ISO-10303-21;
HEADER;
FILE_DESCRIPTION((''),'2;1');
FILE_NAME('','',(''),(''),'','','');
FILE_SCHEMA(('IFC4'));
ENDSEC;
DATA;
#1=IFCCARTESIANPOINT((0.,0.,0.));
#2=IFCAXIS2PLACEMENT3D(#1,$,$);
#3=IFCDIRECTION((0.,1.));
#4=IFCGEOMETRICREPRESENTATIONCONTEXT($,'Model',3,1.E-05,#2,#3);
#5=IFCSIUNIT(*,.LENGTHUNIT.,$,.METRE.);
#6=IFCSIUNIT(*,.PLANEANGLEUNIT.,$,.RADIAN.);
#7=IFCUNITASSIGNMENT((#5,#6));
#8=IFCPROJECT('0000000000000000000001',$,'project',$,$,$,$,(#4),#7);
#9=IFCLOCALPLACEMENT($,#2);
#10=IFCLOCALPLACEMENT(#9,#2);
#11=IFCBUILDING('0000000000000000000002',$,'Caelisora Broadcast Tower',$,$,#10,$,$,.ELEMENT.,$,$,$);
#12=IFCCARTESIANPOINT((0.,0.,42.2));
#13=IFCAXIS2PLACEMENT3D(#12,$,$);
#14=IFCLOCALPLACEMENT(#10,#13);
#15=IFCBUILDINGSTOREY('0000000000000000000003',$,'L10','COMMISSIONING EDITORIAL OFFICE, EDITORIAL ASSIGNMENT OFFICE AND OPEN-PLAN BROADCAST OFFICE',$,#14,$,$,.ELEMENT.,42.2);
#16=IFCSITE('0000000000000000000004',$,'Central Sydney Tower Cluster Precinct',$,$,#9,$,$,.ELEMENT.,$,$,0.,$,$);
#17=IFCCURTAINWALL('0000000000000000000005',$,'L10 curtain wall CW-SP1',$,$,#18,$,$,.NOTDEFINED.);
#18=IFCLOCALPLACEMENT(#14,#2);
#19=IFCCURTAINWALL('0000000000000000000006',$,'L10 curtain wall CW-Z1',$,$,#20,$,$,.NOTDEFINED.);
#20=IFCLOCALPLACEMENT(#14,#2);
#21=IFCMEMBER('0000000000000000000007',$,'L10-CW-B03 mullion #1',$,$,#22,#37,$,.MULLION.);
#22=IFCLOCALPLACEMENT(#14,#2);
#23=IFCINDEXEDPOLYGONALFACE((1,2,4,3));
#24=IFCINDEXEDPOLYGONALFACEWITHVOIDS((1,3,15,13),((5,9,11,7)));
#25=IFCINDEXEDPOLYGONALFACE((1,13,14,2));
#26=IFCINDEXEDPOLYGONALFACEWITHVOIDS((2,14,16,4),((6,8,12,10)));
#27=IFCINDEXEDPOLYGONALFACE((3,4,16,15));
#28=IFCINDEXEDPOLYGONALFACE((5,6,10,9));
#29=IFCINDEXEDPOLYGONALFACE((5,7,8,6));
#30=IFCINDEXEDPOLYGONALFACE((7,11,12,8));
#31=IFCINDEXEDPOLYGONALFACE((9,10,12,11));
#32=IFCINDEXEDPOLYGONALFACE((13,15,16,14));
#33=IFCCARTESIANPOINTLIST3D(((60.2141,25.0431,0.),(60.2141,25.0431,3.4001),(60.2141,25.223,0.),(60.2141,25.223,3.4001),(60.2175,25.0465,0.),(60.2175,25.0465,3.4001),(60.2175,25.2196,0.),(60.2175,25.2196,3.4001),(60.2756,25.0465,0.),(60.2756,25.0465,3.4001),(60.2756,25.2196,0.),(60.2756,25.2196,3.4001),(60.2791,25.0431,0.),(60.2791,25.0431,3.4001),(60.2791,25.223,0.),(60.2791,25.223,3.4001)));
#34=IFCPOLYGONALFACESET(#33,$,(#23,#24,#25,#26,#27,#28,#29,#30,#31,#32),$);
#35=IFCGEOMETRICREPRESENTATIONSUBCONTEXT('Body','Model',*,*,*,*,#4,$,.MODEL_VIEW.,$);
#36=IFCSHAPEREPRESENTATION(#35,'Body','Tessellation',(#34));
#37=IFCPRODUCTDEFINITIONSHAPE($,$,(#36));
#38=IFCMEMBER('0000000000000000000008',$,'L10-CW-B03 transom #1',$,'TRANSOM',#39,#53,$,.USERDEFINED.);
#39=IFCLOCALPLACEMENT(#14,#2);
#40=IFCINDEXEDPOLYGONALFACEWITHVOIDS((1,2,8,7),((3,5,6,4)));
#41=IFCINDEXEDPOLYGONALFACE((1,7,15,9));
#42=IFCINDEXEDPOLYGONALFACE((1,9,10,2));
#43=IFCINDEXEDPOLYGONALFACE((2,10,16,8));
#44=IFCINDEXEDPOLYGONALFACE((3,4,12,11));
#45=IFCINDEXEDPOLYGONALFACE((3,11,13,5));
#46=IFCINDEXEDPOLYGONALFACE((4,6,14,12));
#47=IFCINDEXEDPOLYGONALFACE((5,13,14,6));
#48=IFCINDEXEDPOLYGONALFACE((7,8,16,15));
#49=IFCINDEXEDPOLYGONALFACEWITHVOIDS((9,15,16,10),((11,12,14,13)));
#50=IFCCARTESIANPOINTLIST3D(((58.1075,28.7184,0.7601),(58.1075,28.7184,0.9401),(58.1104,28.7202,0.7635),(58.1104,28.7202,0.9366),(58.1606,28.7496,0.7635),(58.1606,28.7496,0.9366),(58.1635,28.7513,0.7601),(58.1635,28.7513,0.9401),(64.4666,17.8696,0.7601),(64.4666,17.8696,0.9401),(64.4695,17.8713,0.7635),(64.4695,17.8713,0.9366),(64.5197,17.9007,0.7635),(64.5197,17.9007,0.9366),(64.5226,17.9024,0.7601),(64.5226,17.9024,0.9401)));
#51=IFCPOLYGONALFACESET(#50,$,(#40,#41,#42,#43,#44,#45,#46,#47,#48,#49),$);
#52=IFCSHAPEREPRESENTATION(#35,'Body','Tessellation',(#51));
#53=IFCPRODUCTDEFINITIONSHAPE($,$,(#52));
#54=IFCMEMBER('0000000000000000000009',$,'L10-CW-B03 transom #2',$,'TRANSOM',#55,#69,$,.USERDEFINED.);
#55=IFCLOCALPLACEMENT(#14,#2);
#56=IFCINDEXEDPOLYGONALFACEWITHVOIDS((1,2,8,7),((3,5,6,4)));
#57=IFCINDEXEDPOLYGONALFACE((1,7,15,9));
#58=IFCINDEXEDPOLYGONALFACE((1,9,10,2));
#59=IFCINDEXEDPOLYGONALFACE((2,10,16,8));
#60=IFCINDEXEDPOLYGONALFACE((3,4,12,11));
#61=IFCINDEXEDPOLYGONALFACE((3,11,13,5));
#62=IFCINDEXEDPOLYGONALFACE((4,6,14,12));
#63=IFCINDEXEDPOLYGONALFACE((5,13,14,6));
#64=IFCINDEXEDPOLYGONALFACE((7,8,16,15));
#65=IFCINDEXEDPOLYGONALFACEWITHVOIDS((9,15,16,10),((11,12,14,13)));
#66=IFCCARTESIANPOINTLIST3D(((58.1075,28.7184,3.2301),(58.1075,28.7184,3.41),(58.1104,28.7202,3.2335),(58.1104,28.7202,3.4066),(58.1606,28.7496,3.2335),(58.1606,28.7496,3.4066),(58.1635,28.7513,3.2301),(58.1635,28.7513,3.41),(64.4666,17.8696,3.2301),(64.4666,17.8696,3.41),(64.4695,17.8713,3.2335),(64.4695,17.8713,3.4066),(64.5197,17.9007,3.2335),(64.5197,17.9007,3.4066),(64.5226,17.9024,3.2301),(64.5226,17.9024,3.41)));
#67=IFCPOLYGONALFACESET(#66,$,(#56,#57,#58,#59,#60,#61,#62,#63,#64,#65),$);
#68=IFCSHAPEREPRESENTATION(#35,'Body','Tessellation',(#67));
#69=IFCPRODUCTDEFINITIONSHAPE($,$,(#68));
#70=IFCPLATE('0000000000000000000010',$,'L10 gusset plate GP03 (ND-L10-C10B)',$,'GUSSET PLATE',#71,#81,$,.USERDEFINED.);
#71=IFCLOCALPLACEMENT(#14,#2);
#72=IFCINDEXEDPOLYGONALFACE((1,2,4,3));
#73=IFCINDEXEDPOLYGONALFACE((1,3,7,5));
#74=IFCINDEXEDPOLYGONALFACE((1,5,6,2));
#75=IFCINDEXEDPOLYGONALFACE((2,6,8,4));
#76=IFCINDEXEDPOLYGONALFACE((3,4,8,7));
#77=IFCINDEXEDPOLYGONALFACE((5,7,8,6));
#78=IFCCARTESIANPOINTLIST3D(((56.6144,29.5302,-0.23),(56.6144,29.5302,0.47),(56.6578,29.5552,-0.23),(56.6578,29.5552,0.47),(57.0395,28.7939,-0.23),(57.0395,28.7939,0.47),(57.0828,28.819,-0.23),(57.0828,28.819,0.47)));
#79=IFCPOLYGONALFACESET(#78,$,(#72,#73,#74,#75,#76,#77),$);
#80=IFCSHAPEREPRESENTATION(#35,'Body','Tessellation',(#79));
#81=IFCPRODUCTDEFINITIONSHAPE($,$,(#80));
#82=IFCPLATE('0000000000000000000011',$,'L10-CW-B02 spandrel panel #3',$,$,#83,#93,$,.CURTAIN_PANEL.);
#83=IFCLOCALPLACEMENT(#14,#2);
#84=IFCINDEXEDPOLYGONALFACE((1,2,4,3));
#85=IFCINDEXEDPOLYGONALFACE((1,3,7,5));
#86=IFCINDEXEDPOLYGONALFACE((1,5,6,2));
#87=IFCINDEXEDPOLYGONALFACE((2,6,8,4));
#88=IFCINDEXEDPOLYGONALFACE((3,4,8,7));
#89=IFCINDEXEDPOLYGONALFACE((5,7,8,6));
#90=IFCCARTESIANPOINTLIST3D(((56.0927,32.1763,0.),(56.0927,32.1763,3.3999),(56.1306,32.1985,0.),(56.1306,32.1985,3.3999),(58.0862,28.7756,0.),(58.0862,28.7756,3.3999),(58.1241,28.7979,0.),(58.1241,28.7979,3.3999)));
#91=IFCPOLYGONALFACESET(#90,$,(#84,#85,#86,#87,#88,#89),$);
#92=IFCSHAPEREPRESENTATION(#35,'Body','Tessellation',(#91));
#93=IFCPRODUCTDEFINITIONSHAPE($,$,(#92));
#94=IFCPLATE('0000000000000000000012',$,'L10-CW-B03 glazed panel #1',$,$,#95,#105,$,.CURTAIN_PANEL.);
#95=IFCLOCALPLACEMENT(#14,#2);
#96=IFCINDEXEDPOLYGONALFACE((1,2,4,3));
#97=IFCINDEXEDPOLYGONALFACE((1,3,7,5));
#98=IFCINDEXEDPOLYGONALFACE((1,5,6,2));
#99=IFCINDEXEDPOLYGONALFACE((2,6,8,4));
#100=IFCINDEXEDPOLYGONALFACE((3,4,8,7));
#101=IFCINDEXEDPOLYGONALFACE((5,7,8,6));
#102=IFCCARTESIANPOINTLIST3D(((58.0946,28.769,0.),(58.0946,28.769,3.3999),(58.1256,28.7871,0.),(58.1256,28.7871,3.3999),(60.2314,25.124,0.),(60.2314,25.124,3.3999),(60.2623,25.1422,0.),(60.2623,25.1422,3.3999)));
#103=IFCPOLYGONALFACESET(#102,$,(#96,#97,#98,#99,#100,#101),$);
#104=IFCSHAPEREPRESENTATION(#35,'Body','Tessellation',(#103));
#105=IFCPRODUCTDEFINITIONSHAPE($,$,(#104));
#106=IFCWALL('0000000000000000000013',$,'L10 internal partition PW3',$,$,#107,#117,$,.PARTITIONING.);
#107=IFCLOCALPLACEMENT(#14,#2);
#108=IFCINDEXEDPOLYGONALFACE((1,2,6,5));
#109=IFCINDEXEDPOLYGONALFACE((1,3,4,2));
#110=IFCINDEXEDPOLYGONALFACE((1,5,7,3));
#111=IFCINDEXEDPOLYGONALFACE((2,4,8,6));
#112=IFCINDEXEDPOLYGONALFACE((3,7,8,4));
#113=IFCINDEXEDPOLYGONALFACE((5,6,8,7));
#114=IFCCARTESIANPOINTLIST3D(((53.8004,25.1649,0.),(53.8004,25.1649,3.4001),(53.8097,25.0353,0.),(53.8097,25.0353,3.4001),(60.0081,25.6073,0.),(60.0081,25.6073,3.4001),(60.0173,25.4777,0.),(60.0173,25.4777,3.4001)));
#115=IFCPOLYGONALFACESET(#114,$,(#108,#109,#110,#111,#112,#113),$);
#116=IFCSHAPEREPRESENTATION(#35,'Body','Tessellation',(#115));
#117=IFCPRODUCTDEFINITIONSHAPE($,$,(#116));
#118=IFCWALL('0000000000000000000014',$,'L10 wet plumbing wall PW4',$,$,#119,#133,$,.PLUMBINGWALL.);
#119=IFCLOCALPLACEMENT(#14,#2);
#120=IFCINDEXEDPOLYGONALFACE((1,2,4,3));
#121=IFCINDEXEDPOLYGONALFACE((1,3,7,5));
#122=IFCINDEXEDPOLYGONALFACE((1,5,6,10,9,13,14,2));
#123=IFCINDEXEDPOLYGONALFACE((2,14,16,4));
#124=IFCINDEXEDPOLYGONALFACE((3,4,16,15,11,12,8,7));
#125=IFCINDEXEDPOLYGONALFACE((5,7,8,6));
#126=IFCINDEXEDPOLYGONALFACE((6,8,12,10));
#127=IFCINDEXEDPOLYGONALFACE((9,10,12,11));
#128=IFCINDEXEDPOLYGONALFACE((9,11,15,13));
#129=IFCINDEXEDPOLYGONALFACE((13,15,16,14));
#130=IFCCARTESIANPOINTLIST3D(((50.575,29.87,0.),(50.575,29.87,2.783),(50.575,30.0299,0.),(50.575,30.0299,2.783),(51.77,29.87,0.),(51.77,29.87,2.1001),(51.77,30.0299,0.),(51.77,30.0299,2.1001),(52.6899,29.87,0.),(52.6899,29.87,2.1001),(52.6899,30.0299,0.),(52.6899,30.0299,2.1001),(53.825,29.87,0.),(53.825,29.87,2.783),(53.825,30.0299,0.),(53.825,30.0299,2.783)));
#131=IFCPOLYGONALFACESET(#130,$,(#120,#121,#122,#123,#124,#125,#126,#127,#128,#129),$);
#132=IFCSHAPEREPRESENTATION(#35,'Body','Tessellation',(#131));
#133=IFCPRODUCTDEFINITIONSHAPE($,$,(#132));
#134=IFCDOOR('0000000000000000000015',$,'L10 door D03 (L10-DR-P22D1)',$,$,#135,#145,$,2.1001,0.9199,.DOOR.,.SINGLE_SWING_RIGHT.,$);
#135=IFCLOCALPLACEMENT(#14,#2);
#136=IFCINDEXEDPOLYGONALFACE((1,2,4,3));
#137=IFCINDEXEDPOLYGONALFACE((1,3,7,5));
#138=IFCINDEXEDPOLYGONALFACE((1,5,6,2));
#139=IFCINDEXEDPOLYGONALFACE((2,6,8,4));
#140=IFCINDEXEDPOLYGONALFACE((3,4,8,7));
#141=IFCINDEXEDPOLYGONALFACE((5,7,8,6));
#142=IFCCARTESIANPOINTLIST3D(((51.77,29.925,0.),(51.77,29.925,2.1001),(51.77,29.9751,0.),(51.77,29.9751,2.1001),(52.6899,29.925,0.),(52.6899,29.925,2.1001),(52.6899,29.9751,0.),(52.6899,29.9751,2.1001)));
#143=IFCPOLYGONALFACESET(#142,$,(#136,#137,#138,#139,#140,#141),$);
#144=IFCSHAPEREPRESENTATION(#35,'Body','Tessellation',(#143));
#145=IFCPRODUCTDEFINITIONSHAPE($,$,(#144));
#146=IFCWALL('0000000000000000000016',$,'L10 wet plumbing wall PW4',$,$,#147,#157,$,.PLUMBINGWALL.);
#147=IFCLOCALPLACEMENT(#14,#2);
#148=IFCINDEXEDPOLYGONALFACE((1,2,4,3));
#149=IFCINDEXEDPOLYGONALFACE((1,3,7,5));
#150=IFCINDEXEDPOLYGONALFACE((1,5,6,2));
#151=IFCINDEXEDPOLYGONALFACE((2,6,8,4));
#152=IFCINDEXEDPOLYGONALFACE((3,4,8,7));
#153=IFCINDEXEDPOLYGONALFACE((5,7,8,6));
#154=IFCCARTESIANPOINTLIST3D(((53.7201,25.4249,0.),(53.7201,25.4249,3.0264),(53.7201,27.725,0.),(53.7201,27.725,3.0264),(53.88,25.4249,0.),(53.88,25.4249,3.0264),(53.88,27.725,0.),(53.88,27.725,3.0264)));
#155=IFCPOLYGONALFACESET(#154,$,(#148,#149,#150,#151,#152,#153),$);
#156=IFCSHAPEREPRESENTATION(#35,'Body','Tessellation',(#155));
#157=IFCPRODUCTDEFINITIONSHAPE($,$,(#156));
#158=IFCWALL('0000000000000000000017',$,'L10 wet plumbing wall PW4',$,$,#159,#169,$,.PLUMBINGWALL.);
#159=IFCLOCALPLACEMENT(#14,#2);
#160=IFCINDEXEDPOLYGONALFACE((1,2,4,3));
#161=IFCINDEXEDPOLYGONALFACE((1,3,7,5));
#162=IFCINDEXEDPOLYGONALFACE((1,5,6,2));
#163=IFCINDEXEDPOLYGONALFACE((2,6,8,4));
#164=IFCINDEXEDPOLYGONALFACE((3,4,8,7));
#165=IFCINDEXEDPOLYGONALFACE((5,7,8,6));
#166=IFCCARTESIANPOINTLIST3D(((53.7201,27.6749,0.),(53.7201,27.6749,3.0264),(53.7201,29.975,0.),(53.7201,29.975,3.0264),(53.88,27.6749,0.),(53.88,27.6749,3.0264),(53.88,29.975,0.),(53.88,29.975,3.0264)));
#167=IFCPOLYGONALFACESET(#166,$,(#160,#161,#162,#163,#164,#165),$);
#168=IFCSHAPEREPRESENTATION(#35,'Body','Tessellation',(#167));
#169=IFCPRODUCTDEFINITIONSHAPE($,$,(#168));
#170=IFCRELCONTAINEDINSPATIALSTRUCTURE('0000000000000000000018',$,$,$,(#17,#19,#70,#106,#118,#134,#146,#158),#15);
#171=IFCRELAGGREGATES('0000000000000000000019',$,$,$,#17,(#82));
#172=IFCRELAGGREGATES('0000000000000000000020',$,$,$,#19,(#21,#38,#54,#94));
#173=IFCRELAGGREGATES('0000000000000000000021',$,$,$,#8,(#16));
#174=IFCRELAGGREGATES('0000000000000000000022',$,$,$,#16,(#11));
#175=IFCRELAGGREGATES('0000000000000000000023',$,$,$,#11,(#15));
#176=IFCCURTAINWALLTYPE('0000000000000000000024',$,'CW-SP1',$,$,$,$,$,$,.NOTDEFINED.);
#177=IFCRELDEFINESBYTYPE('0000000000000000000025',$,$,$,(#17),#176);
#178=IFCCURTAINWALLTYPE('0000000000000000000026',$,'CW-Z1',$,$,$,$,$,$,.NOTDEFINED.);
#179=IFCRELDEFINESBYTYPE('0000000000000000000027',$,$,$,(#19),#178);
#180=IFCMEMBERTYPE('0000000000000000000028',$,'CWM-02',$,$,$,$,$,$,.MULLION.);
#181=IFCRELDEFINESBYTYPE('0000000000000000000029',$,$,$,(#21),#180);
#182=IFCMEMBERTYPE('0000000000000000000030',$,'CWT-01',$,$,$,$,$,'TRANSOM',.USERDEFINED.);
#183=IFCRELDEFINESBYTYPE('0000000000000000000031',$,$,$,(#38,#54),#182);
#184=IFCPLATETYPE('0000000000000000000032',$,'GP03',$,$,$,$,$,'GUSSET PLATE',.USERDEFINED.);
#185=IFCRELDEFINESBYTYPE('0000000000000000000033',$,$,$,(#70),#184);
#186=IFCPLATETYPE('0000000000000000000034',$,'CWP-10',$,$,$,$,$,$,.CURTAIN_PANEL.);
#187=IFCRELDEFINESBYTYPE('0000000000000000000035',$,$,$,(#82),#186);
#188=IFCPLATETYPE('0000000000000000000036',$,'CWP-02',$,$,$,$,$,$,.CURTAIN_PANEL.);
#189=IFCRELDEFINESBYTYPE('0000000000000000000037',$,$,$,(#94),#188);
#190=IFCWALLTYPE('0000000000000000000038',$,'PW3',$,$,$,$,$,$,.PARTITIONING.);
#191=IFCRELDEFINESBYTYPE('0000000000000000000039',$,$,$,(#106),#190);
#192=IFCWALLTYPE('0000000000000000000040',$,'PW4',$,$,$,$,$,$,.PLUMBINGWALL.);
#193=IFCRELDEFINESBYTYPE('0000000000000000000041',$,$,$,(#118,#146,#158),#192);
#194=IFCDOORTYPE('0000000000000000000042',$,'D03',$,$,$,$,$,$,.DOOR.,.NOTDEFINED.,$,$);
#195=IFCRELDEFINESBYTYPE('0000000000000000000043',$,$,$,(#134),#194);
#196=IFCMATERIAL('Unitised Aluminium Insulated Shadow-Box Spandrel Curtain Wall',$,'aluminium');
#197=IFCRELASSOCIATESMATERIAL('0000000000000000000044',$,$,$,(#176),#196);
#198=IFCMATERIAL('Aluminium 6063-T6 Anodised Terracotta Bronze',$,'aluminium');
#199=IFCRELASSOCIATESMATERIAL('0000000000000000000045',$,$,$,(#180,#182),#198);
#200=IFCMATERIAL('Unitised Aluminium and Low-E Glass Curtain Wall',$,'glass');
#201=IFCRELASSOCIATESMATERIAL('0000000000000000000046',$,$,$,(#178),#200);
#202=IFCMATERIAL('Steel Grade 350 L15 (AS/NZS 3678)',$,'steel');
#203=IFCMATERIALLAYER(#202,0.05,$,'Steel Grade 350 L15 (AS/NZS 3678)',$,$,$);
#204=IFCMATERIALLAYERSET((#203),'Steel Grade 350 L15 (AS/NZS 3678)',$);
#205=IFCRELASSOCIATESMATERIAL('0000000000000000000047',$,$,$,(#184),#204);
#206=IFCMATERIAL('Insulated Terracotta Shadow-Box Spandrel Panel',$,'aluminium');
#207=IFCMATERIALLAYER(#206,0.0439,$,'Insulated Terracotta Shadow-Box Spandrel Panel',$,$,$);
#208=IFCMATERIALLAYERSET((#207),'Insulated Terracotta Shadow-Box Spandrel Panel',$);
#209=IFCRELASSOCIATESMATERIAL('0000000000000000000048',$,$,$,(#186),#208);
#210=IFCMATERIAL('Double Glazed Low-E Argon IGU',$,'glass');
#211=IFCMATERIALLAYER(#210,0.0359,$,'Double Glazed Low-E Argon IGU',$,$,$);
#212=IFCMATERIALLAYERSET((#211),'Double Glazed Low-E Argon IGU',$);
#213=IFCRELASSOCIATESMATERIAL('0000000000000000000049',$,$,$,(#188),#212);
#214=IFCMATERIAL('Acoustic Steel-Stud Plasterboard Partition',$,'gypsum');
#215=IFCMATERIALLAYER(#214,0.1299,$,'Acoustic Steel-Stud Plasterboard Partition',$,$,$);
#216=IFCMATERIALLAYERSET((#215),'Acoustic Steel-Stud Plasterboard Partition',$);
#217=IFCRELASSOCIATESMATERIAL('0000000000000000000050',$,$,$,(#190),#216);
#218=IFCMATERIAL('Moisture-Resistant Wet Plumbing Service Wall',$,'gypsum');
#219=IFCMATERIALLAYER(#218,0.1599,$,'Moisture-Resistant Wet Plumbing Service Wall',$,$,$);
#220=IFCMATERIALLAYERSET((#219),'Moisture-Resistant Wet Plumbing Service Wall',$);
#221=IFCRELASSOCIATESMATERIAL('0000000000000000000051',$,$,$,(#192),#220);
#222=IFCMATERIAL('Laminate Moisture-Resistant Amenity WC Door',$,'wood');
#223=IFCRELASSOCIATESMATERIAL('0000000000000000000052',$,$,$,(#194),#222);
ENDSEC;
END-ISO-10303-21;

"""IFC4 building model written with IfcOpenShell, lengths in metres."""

from ifc_helpers import new_model, si_unit, direction, frame, frame_2d, origin, origin_2d, place, context, subcontext, project, spatial, rectangle, hollow_rectangle, extrude, source, transform, mapped, material, layer, layer_set, material_profile, profile_set, type_object, type_shapes, element, fill, aggregate, save


model = new_model("IFC4")

# Units and contexts
model_context = context("Model", 3, precision=1e-05, world=origin(), true_north=direction((0.0, 1.0)))
body_context = subcontext(model_context, "Body", "Model", "MODEL_VIEW")
ifc_project = project(units=[si_unit("LENGTHUNIT", "METRE"), si_unit("PLANEANGLEUNIT", "RADIAN")], contexts=[model_context])

# Site, building, storey
site_placement = place(None, origin())
site = spatial("IfcSite", under=ifc_project, at=site_placement, Name="Central Sydney Tower Cluster Precinct", CompositionType="ELEMENT", RefElevation=0.0)
building_placement = place(site_placement, origin())
building = spatial("IfcBuilding", under=site, at=building_placement, Name="Caelisora Broadcast Tower", CompositionType="ELEMENT")
storey_placement = place(building_placement, frame((0.0, 0.0, 42.2)))
storey = spatial("IfcBuildingStorey", under=building, at=storey_placement, Name="L10", Description="COMMISSIONING EDITORIAL OFFICE, EDITORIAL ASSIGNMENT OFFICE AND OPEN-PLAN BROADCAST OFFICE", CompositionType="ELEMENT", Elevation=42.2)

# Shared definitions
ifc_material_1 = material(Name="Steel Grade 350 L15 (AS/NZS 3678)", Category="steel")

# Curtain wall
ifc_material_2 = material(Name="Unitised Aluminium Insulated Shadow-Box Spandrel Curtain Wall", Category="aluminium")
curtain_wall_type_1 = type_object("IfcCurtainWallType", Name="CW-SP1", PredefinedType="NOTDEFINED", material=ifc_material_2)
curtain_wall_1_placement = place(storey_placement, origin())
curtain_wall_1 = element("IfcCurtainWall", 1, at=curtain_wall_1_placement, inside=storey, type_object=curtain_wall_type_1, Name="L10 curtain wall CW-SP1", PredefinedType="NOTDEFINED")
ifc_material_3 = material(Name="Aluminium 6063-T6 Anodised Terracotta Bronze", Category="aluminium")
ifc_material_profile_1 = material_profile(ifc_material_3, hollow_rectangle(XDim=0.0649, YDim=0.1799, WallThickness=0.0034, at=origin_2d()), Name="Aluminium 6063-T6 Anodised Terracotta Bronze")
ifc_profile_set_1 = profile_set([ifc_material_profile_1], Name="Aluminium 6063-T6 Anodised Terracotta Bronze")
member_type_1 = type_object("IfcMemberType", Name="CWM-02", PredefinedType="MULLION", material=ifc_profile_set_1)
shared_shape_1 = source(origin(), body_context, "Body", "SweptSolid", [
    extrude(hollow_rectangle(XDim=0.0649, YDim=0.1799, WallThickness=0.0034, at=origin_2d()), origin(), (0.0, 0.0, 1.0), 3.4001),
])
type_shapes(member_type_1, [shared_shape_1])

# Curtain wall, members
ifc_material_4 = material(Name="Unitised Aluminium and Low-E Glass Curtain Wall", Category="glass")
curtain_wall_type_2 = type_object("IfcCurtainWallType", Name="CW-Z1", PredefinedType="NOTDEFINED", material=ifc_material_4)
curtain_wall_2_placement = place(storey_placement, origin())
curtain_wall_2 = element("IfcCurtainWall", 2, at=curtain_wall_2_placement, inside=storey, type_object=curtain_wall_type_2, Name="L10 curtain wall CW-Z1", PredefinedType="NOTDEFINED")
member_1_placement = place(storey_placement, frame((60.2466, 25.1331, 0.0), z_axis=(0.0, 0.0, 1.0), x_axis=(1.0, 0.0, 0.0)))
member_1 = element("IfcMember", 3, at=member_1_placement, type_object=member_type_1, Name="L10-CW-B03 mullion #1", PredefinedType="MULLION", context=body_context, shape_type="MappedRepresentation", body=[
    mapped(shared_shape_1, transform((0.0, 0.0, 0.0), scale=1.0)),
])
ifc_material_profile_2 = material_profile(ifc_material_3, hollow_rectangle(XDim=0.0649, YDim=0.1799, WallThickness=0.0034, at=origin_2d()), Name="Aluminium 6063-T6 Anodised Terracotta Bronze")
ifc_profile_set_2 = profile_set([ifc_material_profile_2], Name="Aluminium 6063-T6 Anodised Terracotta Bronze")
member_type_2 = type_object("IfcMemberType", Name="CWT-01", ElementType="TRANSOM", PredefinedType="USERDEFINED", material=ifc_profile_set_2)
shared_shape_2 = source(origin(), body_context, "Body", "SweptSolid", [
    extrude(hollow_rectangle(XDim=0.0649, YDim=0.1799, WallThickness=0.0034, at=origin_2d()), origin(), (0.0, 0.0, 1.0), 12.5752),
])
type_shapes(member_type_2, [shared_shape_2])
member_2_placement = place(storey_placement, frame((58.1355, 28.7349, 0.8501), z_axis=(0.505687, -0.862717, 0.0), x_axis=(0.862717, 0.505687, 0.0)))
member_2 = element("IfcMember", 4, at=member_2_placement, type_object=member_type_2, Name="L10-CW-B03 transom #1", ObjectType="TRANSOM", PredefinedType="USERDEFINED", context=body_context, shape_type="MappedRepresentation", body=[
    mapped(shared_shape_2, transform((0.0, 0.0, 0.0), scale=1.0)),
])
member_3_placement = place(storey_placement, frame((58.1355, 28.7349, 3.3201), z_axis=(0.505687, -0.862717, 0.0), x_axis=(0.862717, 0.505687, 0.0)))
member_3 = element("IfcMember", 5, at=member_3_placement, type_object=member_type_2, Name="L10-CW-B03 transom #2", ObjectType="TRANSOM", PredefinedType="USERDEFINED", context=body_context, shape_type="MappedRepresentation", body=[
    mapped(shared_shape_2, transform((0.0, 0.0, 0.0), scale=1.0)),
])

# Plates
ifc_layer_1 = layer(ifc_material_1, 0.05, Name="Steel Grade 350 L15 (AS/NZS 3678)")
ifc_layer_set_1 = layer_set([ifc_layer_1], Name="Steel Grade 350 L15 (AS/NZS 3678)")
plate_type_1 = type_object("IfcPlateType", Name="GP03", ElementType="GUSSET PLATE", PredefinedType="USERDEFINED", material=ifc_layer_set_1)
shared_shape_3 = source(origin(), body_context, "Body", "SweptSolid", [
    extrude(rectangle(XDim=0.8501, YDim=0.05, at=origin_2d()), origin(), (0.0, 0.0, 1.0), 0.7),
])
type_shapes(plate_type_1, [shared_shape_3])
plate_1_placement = place(storey_placement, frame((56.8486, 29.1746, -0.23), z_axis=(0.0, 0.0, 1.0), x_axis=(-0.5, 0.866025, 0.0)))
element("IfcPlate", 6, at=plate_1_placement, inside=storey, type_object=plate_type_1, Name="L10 gusset plate GP03 (ND-L10-C10B)", ObjectType="GUSSET PLATE", PredefinedType="USERDEFINED", context=body_context, shape_type="MappedRepresentation", body=[
    mapped(shared_shape_3, transform((0.0, 0.0, 0.0), scale=1.0)),
])
ifc_material_5 = material(Name="Insulated Terracotta Shadow-Box Spandrel Panel", Category="aluminium")
ifc_layer_2 = layer(ifc_material_5, 0.0439, Name="Insulated Terracotta Shadow-Box Spandrel Panel")
ifc_layer_set_2 = layer_set([ifc_layer_2], Name="Insulated Terracotta Shadow-Box Spandrel Panel")
plate_type_2 = type_object("IfcPlateType", Name="CWP-10", PredefinedType="CURTAIN_PANEL", material=ifc_layer_set_2)
shared_shape_4 = source(origin(), body_context, "Body", "SweptSolid", [
    extrude(rectangle(XDim=3.9419, YDim=0.0439, at=origin_2d()), origin(), (0.0, 0.0, 1.0), 3.3999),
])
type_shapes(plate_type_2, [shared_shape_4])
plate_2_placement = place(storey_placement, frame((57.1084, 30.4871, 0.0), z_axis=(0.0, 0.0, 1.0), x_axis=(0.505733, -0.86269, 0.0)))
plate_2 = element("IfcPlate", 7, at=plate_2_placement, type_object=plate_type_2, Name="L10-CW-B02 spandrel panel #3", PredefinedType="CURTAIN_PANEL", context=body_context, shape_type="MappedRepresentation", body=[
    mapped(shared_shape_4, transform((0.0, 0.0, 0.0), scale=1.0)),
])
aggregate(curtain_wall_1, [plate_2])
ifc_material_6 = material(Name="Double Glazed Low-E Argon IGU", Category="glass")
ifc_layer_3 = layer(ifc_material_6, 0.0359, Name="Double Glazed Low-E Argon IGU")
ifc_layer_set_3 = layer_set([ifc_layer_3], Name="Double Glazed Low-E Argon IGU")
plate_type_3 = type_object("IfcPlateType", Name="CWP-02", PredefinedType="CURTAIN_PANEL", material=ifc_layer_set_3)
shared_shape_5 = source(origin(), body_context, "Body", "SweptSolid", [
    extrude(rectangle(XDim=4.2251, YDim=0.0359, at=origin_2d()), origin(), (0.0, 0.0, 1.0), 3.3999),
])
type_shapes(plate_type_3, [shared_shape_5])
plate_3_placement = place(storey_placement, frame((59.1785, 26.9556, 0.0), z_axis=(0.0, 0.0, 1.0), x_axis=(0.505733, -0.86269, 0.0)))
plate_3 = element("IfcPlate", 8, at=plate_3_placement, type_object=plate_type_3, Name="L10-CW-B03 glazed panel #1", PredefinedType="CURTAIN_PANEL", context=body_context, shape_type="MappedRepresentation", body=[
    mapped(shared_shape_5, transform((0.0, 0.0, 0.0), scale=1.0)),
])
aggregate(curtain_wall_2, [member_1, member_2, member_3, plate_3])

# Wall
ifc_material_7 = material(Name="Acoustic Steel-Stud Plasterboard Partition", Category="gypsum")
ifc_layer_4 = layer(ifc_material_7, 0.1299, Name="Acoustic Steel-Stud Plasterboard Partition")
ifc_layer_set_4 = layer_set([ifc_layer_4], Name="Acoustic Steel-Stud Plasterboard Partition")
wall_type_1 = type_object("IfcWallType", Name="PW3", PredefinedType="PARTITIONING", material=ifc_layer_set_4)
wall_1_placement = place(storey_placement, frame((53.8049, 25.1001, 0.0), z_axis=(0.0, 0.0, 1.0), x_axis=(0.99747, 0.071083, 0.0)))
element("IfcWall", 9, at=wall_1_placement, inside=storey, type_object=wall_type_1, Name="L10 internal partition PW3", PredefinedType="PARTITIONING", context=body_context, shape_type="SweptSolid", body=[
    extrude(rectangle(XDim=6.2234, YDim=0.1299, at=frame_2d((3.1118, 0.0))), origin(), (0.0, 0.0, 1.0), 3.4001),
])

# Wall, opening, door
ifc_material_8 = material(Name="Moisture-Resistant Wet Plumbing Service Wall", Category="gypsum")
ifc_layer_5 = layer(ifc_material_8, 0.1599, Name="Moisture-Resistant Wet Plumbing Service Wall")
ifc_layer_set_5 = layer_set([ifc_layer_5], Name="Moisture-Resistant Wet Plumbing Service Wall")
wall_type_2 = type_object("IfcWallType", Name="PW4", PredefinedType="PLUMBINGWALL", material=ifc_layer_set_5)
wall_2_placement = place(storey_placement, frame((53.825, 29.95, 0.0), z_axis=(0.0, 0.0, 1.0), x_axis=(-1.0, 0.0, 0.0)))
wall_2 = element("IfcWall", 10, at=wall_2_placement, inside=storey, type_object=wall_type_2, Name="L10 wet plumbing wall PW4", PredefinedType="PLUMBINGWALL", context=body_context, shape_type="SweptSolid", body=[
    extrude(rectangle(XDim=3.25, YDim=0.1599, at=frame_2d((1.625, 0.0))), origin(), (0.0, 0.0, 1.0), 2.783),
])
opening_placement = place(wall_2_placement, frame((1.135, 0.0, 0.0)))
opening = element("IfcOpeningElement", 11, at=opening_placement, cuts=wall_2, PredefinedType="OPENING", context=body_context, shape_type="SweptSolid", body=[
    extrude(rectangle(XDim=0.9199, YDim=2.1001, at=frame_2d((0.46, 1.05))), frame((0.0, 0.092, 0.0), z_axis=(0.0, -1.0, 0.0), x_axis=(1.0, 0.0, 0.0)), (0.0, 0.0, 1.0), 0.1838),
])
ifc_material_9 = material(Name="Laminate Moisture-Resistant Amenity WC Door", Category="wood")
door_type = type_object("IfcDoorType", Name="D03", OperationType="NOTDEFINED", PredefinedType="DOOR", material=ifc_material_9)
door_placement = place(opening_placement, origin())
door = element("IfcDoor", 12, at=door_placement, inside=storey, type_object=door_type, Name="L10 door D03 (L10-DR-P22D1)", OperationType="SINGLE_SWING_RIGHT", OverallHeight=2.1001, OverallWidth=0.9199, PredefinedType="DOOR", context=body_context, shape_type="SweptSolid", body=[
    extrude(rectangle(XDim=0.9199, YDim=2.1001, at=frame_2d((0.46, 1.05))), frame((0.0, 0.0249, 0.0), z_axis=(0.0, -1.0, 0.0), x_axis=(1.0, 0.0, 0.0)), (0.0, 0.0, 1.0), 0.05),
])
fill(opening, door)

# Walls
for number, where, z_axis, x_axis, name in (
    (13, (53.8, 25.425, 0.0), (0.0, 0.0, 1.0), (0.0, 1.0, 0.0), "L10 wet plumbing wall PW4"),
    (14, (53.8, 27.675, 0.0), (0.0, 0.0, 1.0), (0.0, 1.0, 0.0), "L10 wet plumbing wall PW4"),
):
    element("IfcWall", number, at=place(storey_placement, frame(where, z_axis=z_axis, x_axis=x_axis)), inside=storey, type_object=wall_type_2, Name=name, PredefinedType="PLUMBINGWALL", context=body_context, shape_type="SweptSolid", body=[
        extrude(rectangle(XDim=2.3, YDim=0.1599, at=frame_2d((1.1499, 0.0))), origin(), (0.0, 0.0, 1.0), 3.0264),
    ])

save(model, "model.ifc")
